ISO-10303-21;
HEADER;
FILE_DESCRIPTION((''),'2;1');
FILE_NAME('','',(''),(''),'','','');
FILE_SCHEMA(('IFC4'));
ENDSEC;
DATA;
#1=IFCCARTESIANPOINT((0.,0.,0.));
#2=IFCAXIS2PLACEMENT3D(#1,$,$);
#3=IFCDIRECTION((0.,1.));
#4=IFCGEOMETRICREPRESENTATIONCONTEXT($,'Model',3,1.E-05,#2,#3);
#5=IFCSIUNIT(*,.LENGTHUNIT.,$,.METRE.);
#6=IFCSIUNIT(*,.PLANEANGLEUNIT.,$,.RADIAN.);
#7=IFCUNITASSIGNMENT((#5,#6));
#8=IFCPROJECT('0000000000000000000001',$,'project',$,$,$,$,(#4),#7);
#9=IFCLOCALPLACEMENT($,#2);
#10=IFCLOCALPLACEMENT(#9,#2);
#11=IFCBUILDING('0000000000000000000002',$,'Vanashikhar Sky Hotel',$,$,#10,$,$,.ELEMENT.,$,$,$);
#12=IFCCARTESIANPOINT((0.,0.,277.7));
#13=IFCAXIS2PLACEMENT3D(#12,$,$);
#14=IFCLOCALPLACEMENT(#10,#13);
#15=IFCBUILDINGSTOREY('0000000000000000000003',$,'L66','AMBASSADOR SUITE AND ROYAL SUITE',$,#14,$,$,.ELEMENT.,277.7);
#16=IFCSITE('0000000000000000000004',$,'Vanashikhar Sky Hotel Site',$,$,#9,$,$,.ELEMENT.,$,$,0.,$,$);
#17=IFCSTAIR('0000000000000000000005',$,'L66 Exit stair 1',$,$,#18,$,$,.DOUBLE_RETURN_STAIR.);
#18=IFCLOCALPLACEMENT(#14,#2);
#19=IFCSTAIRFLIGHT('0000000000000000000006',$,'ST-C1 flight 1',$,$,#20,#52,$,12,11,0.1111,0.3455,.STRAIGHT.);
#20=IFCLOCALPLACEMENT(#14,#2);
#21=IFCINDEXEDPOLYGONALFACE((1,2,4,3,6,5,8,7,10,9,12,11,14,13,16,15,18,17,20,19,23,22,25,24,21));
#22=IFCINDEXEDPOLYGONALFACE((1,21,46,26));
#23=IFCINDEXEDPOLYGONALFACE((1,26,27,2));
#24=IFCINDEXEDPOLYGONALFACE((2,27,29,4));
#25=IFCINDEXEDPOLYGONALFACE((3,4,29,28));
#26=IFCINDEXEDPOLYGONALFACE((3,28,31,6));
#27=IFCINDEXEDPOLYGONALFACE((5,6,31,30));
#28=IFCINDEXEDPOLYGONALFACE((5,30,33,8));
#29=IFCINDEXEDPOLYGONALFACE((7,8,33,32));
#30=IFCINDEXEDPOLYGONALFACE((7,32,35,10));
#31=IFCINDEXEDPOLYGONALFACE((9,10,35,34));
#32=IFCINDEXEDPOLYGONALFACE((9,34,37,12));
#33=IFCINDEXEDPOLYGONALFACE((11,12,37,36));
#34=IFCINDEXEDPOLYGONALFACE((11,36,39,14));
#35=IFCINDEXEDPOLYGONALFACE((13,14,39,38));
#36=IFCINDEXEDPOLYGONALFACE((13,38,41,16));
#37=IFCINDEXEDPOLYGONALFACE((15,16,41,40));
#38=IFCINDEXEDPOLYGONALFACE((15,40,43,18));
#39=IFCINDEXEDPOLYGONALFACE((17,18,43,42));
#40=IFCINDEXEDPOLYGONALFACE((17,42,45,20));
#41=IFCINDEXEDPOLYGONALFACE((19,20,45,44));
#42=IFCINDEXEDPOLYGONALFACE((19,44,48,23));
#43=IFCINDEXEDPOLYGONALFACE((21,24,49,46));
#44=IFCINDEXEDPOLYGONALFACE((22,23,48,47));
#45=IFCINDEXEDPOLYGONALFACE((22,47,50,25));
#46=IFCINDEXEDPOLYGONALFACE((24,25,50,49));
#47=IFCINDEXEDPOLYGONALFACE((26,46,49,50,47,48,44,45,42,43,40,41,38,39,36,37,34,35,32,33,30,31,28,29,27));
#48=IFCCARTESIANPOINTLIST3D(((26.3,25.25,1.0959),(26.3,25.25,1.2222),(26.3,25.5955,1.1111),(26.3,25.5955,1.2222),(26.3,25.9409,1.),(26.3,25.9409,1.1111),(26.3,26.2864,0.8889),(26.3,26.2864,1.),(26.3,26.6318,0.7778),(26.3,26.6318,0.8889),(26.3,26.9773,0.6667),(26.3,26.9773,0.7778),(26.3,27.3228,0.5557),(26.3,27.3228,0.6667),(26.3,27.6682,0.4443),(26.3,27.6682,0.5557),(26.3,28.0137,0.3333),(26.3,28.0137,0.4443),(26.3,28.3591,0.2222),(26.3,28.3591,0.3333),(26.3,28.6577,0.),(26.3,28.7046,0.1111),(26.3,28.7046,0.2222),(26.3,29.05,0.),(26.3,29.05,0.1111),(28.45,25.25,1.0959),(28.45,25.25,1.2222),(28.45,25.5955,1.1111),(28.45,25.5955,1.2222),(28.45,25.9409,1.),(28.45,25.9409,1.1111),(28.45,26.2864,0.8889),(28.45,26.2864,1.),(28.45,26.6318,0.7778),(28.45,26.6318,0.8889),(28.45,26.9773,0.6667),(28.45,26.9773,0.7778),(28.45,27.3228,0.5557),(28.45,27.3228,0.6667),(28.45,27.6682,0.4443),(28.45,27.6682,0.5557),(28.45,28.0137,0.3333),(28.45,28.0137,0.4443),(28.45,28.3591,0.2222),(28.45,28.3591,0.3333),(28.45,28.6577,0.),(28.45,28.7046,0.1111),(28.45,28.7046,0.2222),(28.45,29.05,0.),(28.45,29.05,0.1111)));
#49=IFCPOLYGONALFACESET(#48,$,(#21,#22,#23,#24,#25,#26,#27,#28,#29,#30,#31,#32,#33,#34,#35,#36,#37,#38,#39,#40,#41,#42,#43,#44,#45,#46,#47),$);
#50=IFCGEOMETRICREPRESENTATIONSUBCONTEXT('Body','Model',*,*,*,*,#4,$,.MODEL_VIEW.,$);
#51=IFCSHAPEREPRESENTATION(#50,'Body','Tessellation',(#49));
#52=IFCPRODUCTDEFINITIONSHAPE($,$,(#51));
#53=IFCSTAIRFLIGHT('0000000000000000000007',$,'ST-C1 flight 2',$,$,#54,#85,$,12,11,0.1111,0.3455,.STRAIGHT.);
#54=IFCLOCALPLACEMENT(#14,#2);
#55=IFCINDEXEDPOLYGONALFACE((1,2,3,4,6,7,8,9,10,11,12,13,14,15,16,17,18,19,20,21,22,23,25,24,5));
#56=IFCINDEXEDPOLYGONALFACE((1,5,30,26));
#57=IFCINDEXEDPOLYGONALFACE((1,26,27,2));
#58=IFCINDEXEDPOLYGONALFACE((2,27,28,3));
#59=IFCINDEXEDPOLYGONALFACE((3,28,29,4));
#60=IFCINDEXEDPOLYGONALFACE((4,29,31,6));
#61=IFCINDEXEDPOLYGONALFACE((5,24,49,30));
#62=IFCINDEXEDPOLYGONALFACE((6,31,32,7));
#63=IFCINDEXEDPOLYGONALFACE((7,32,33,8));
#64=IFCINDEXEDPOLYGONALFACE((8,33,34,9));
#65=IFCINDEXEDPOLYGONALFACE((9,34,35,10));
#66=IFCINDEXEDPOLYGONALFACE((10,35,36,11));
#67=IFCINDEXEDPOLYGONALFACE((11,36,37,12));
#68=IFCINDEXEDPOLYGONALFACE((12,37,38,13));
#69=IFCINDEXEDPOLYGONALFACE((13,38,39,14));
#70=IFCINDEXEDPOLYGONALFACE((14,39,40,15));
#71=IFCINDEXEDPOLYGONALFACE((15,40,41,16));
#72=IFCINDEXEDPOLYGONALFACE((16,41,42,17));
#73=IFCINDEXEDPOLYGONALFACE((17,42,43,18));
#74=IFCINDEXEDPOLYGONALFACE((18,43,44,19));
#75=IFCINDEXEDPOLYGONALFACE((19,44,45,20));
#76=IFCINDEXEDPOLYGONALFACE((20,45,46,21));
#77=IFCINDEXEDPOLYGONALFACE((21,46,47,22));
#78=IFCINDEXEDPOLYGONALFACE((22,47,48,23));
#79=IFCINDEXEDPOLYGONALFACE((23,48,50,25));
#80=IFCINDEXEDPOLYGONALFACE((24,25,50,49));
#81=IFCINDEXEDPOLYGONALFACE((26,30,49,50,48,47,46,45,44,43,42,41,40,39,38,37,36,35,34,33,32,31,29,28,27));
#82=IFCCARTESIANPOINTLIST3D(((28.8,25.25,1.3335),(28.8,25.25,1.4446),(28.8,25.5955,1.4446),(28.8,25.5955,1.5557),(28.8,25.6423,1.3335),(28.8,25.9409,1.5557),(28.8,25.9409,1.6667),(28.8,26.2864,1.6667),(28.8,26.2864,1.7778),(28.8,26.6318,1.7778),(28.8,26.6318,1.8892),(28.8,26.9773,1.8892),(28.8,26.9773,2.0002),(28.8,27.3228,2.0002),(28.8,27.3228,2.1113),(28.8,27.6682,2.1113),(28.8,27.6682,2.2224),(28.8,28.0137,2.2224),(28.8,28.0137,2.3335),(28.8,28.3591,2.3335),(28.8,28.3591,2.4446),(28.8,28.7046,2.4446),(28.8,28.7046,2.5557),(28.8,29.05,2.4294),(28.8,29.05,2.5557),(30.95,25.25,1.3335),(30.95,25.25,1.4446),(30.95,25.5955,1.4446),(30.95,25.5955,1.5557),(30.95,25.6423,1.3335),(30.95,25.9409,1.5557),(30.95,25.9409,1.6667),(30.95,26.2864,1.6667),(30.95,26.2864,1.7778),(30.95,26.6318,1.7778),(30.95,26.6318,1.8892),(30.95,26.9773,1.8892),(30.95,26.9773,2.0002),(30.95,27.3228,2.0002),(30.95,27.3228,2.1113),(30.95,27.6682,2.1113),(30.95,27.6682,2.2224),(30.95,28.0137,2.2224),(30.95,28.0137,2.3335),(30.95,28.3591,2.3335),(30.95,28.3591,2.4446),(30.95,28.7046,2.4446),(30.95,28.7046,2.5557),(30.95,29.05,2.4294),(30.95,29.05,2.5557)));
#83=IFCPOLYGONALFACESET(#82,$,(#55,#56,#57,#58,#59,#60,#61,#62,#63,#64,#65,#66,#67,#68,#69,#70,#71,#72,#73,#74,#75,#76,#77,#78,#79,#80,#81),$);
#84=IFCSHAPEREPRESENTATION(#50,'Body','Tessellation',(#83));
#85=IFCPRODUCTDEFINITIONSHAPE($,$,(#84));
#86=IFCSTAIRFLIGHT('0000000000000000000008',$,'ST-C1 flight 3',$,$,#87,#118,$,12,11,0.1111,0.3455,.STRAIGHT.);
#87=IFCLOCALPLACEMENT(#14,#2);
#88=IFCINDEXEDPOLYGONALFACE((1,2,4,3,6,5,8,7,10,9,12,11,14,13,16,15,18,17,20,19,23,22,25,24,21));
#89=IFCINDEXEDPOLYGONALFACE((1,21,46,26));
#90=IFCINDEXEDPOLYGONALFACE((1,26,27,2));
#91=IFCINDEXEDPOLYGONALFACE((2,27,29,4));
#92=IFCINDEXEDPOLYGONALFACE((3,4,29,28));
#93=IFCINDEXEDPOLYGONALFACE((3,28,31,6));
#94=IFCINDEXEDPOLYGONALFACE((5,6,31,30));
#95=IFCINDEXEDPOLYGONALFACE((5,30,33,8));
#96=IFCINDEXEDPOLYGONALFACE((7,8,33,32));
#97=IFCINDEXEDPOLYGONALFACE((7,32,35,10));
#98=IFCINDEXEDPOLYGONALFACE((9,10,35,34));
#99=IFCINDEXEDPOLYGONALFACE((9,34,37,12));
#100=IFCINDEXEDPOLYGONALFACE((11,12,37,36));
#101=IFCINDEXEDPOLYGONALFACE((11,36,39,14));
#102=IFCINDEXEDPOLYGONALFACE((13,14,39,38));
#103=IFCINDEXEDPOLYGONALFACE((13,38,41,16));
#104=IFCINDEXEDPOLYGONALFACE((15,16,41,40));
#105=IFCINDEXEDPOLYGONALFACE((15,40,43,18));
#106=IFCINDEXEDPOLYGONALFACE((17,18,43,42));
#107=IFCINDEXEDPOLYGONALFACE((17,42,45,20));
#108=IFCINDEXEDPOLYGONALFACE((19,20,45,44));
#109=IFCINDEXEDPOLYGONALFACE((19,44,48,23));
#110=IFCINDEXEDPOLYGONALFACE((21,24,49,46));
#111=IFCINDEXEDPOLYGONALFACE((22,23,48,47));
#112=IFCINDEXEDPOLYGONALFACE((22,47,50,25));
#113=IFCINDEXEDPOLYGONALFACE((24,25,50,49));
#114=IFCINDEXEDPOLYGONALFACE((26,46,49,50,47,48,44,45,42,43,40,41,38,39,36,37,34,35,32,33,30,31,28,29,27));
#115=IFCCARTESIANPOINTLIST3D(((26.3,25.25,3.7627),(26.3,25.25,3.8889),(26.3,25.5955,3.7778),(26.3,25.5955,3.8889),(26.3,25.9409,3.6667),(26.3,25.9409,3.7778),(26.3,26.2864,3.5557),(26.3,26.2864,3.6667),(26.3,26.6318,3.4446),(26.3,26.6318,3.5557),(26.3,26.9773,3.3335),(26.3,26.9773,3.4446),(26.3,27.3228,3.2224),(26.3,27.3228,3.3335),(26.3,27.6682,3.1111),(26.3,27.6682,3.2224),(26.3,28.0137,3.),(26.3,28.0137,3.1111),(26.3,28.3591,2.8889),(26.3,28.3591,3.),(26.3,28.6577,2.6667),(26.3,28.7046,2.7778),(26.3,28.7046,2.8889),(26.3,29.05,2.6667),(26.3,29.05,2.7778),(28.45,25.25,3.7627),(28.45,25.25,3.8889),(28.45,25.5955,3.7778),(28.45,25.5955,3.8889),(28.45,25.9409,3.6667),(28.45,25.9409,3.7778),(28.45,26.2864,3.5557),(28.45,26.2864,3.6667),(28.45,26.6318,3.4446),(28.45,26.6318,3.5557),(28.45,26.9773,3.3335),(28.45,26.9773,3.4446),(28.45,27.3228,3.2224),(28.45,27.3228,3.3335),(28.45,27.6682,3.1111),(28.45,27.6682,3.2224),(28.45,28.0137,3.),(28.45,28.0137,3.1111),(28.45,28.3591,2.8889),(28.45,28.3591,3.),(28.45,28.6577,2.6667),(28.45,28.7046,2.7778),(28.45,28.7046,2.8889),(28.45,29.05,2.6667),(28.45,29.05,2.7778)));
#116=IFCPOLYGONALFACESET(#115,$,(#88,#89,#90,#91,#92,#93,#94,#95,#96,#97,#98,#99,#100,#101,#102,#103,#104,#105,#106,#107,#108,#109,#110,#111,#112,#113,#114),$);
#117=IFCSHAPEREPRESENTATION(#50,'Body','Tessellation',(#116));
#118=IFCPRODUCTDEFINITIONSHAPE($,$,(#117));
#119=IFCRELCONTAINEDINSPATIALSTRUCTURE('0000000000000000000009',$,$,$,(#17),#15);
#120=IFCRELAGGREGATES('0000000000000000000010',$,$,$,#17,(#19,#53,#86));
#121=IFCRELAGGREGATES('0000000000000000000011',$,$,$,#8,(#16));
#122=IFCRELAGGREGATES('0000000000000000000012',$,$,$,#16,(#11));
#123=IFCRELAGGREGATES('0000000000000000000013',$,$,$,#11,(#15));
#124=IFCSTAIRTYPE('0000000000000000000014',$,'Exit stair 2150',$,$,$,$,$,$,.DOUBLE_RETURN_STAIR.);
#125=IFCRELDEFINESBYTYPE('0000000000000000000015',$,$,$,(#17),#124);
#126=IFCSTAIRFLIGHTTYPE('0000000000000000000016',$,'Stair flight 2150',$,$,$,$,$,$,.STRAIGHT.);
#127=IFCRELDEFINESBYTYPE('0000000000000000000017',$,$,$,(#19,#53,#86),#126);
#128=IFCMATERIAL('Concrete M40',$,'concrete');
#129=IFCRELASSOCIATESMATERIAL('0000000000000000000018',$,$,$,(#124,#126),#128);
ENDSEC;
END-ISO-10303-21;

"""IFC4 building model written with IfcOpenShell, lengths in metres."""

from ifc_helpers import new_model, si_unit, direction, frame, origin, place, context, subcontext, project, spatial, polyline, outline, extrude, source, transform, mapped, material, type_object, element, aggregate, save


model = new_model("IFC4")

# Units and contexts
model_context = context("Model", 3, precision=1e-05, world=origin(), true_north=direction((0.0, 1.0)))
body_context = subcontext(model_context, "Body", "Model", "MODEL_VIEW")
ifc_project = project(units=[si_unit("LENGTHUNIT", "METRE"), si_unit("PLANEANGLEUNIT", "RADIAN")], contexts=[model_context])

# Site, building, storey
site_placement = place(None, origin())
site = spatial("IfcSite", under=ifc_project, at=site_placement, Name="Vanashikhar Sky Hotel Site", CompositionType="ELEMENT", RefElevation=0.0)
building_placement = place(site_placement, origin())
building = spatial("IfcBuilding", under=site, at=building_placement, Name="Vanashikhar Sky Hotel", CompositionType="ELEMENT")
storey_placement = place(building_placement, frame((0.0, 0.0, 277.7)))
storey = spatial("IfcBuildingStorey", under=building, at=storey_placement, Name="L66", Description="AMBASSADOR SUITE AND ROYAL SUITE", CompositionType="ELEMENT", Elevation=277.7)

# Shared definitions
ifc_material_1 = material(Name="Concrete M40", Category="concrete")

# Stair, stair flights
stair_type = type_object("IfcStairType", Name="Exit stair 2150", PredefinedType="DOUBLE_RETURN_STAIR", material=ifc_material_1)
stair_placement = place(storey_placement, origin())
stair = element("IfcStair", 1, at=stair_placement, inside=storey, type_object=stair_type, Name="L66 Exit stair 1", PredefinedType="DOUBLE_RETURN_STAIR")
stair_flight_type = type_object("IfcStairFlightType", Name="Stair flight 2150", PredefinedType="STRAIGHT", material=ifc_material_1)
shared_shape_1 = source(origin(), body_context, "Body", "SweptSolid", [
    extrude(outline(polyline([(0.0, 0.0), (0.0, 0.1111), (0.3455, 0.1111), (0.3455, 0.2222), (0.6909, 0.2222), (0.6909, 0.3333), (1.0364, 0.3333), (1.0364, 0.4443), (1.3818, 0.4443), (1.3818, 0.5557), (1.7273, 0.5557), (1.7273, 0.6667), (2.0728, 0.6667), (2.0728, 0.7778), (2.4182, 0.7778), (2.4182, 0.8889), (2.7637, 0.8889), (2.7637, 1.0), (3.1091, 1.0), (3.1091, 1.1111), (3.4546, 1.1111), (3.4546, 1.2222), (3.8, 1.2222), (3.8, 1.3333), (3.8, 1.0959), (0.3923, 0.0), (0.0, 0.0)])), frame((0.0, 1.075, 0.0), z_axis=(0.0, -1.0, 0.0), x_axis=(1.0, 0.0, 0.0)), (0.0, 0.0, 1.0), 2.1499),
])
stair_flight_1_placement = place(storey_placement, frame((27.375, 29.05, 0.0), z_axis=(0.0, 0.0, 1.0), x_axis=(0.0, -1.0, 0.0)))
stair_flight_1 = element("IfcStairFlight", 2, at=stair_flight_1_placement, type_object=stair_flight_type, Name="ST-C1 flight 1", NumberOfRisers=12, NumberOfTreads=11, PredefinedType="STRAIGHT", RiserHeight=0.1111, TreadLength=0.3455, context=body_context, shape_type="MappedRepresentation", body=[
    mapped(shared_shape_1, transform((0.0, 0.0, 0.0), scale=1.0)),
])
stair_flight_2_placement = place(storey_placement, frame((29.875, 25.25, 1.3335), z_axis=(0.0, 0.0, 1.0), x_axis=(0.0, 1.0, 0.0)))
stair_flight_2 = element("IfcStairFlight", 3, at=stair_flight_2_placement, type_object=stair_flight_type, Name="ST-C1 flight 2", NumberOfRisers=12, NumberOfTreads=11, PredefinedType="STRAIGHT", RiserHeight=0.1111, TreadLength=0.3455, context=body_context, shape_type="MappedRepresentation", body=[
    mapped(shared_shape_1, transform((0.0, 0.0, 0.0), scale=1.0)),
])
stair_flight_3_placement = place(storey_placement, frame((27.375, 29.05, 2.6667), z_axis=(0.0, 0.0, 1.0), x_axis=(0.0, -1.0, 0.0)))
stair_flight_3 = element("IfcStairFlight", 4, at=stair_flight_3_placement, type_object=stair_flight_type, Name="ST-C1 flight 3", NumberOfRisers=12, NumberOfTreads=11, PredefinedType="STRAIGHT", RiserHeight=0.1111, TreadLength=0.3455, context=body_context, shape_type="MappedRepresentation", body=[
    mapped(shared_shape_1, transform((0.0, 0.0, 0.0), scale=1.0)),
])
aggregate(stair, [stair_flight_1, stair_flight_2, stair_flight_3])

save(model, "model.ifc")
